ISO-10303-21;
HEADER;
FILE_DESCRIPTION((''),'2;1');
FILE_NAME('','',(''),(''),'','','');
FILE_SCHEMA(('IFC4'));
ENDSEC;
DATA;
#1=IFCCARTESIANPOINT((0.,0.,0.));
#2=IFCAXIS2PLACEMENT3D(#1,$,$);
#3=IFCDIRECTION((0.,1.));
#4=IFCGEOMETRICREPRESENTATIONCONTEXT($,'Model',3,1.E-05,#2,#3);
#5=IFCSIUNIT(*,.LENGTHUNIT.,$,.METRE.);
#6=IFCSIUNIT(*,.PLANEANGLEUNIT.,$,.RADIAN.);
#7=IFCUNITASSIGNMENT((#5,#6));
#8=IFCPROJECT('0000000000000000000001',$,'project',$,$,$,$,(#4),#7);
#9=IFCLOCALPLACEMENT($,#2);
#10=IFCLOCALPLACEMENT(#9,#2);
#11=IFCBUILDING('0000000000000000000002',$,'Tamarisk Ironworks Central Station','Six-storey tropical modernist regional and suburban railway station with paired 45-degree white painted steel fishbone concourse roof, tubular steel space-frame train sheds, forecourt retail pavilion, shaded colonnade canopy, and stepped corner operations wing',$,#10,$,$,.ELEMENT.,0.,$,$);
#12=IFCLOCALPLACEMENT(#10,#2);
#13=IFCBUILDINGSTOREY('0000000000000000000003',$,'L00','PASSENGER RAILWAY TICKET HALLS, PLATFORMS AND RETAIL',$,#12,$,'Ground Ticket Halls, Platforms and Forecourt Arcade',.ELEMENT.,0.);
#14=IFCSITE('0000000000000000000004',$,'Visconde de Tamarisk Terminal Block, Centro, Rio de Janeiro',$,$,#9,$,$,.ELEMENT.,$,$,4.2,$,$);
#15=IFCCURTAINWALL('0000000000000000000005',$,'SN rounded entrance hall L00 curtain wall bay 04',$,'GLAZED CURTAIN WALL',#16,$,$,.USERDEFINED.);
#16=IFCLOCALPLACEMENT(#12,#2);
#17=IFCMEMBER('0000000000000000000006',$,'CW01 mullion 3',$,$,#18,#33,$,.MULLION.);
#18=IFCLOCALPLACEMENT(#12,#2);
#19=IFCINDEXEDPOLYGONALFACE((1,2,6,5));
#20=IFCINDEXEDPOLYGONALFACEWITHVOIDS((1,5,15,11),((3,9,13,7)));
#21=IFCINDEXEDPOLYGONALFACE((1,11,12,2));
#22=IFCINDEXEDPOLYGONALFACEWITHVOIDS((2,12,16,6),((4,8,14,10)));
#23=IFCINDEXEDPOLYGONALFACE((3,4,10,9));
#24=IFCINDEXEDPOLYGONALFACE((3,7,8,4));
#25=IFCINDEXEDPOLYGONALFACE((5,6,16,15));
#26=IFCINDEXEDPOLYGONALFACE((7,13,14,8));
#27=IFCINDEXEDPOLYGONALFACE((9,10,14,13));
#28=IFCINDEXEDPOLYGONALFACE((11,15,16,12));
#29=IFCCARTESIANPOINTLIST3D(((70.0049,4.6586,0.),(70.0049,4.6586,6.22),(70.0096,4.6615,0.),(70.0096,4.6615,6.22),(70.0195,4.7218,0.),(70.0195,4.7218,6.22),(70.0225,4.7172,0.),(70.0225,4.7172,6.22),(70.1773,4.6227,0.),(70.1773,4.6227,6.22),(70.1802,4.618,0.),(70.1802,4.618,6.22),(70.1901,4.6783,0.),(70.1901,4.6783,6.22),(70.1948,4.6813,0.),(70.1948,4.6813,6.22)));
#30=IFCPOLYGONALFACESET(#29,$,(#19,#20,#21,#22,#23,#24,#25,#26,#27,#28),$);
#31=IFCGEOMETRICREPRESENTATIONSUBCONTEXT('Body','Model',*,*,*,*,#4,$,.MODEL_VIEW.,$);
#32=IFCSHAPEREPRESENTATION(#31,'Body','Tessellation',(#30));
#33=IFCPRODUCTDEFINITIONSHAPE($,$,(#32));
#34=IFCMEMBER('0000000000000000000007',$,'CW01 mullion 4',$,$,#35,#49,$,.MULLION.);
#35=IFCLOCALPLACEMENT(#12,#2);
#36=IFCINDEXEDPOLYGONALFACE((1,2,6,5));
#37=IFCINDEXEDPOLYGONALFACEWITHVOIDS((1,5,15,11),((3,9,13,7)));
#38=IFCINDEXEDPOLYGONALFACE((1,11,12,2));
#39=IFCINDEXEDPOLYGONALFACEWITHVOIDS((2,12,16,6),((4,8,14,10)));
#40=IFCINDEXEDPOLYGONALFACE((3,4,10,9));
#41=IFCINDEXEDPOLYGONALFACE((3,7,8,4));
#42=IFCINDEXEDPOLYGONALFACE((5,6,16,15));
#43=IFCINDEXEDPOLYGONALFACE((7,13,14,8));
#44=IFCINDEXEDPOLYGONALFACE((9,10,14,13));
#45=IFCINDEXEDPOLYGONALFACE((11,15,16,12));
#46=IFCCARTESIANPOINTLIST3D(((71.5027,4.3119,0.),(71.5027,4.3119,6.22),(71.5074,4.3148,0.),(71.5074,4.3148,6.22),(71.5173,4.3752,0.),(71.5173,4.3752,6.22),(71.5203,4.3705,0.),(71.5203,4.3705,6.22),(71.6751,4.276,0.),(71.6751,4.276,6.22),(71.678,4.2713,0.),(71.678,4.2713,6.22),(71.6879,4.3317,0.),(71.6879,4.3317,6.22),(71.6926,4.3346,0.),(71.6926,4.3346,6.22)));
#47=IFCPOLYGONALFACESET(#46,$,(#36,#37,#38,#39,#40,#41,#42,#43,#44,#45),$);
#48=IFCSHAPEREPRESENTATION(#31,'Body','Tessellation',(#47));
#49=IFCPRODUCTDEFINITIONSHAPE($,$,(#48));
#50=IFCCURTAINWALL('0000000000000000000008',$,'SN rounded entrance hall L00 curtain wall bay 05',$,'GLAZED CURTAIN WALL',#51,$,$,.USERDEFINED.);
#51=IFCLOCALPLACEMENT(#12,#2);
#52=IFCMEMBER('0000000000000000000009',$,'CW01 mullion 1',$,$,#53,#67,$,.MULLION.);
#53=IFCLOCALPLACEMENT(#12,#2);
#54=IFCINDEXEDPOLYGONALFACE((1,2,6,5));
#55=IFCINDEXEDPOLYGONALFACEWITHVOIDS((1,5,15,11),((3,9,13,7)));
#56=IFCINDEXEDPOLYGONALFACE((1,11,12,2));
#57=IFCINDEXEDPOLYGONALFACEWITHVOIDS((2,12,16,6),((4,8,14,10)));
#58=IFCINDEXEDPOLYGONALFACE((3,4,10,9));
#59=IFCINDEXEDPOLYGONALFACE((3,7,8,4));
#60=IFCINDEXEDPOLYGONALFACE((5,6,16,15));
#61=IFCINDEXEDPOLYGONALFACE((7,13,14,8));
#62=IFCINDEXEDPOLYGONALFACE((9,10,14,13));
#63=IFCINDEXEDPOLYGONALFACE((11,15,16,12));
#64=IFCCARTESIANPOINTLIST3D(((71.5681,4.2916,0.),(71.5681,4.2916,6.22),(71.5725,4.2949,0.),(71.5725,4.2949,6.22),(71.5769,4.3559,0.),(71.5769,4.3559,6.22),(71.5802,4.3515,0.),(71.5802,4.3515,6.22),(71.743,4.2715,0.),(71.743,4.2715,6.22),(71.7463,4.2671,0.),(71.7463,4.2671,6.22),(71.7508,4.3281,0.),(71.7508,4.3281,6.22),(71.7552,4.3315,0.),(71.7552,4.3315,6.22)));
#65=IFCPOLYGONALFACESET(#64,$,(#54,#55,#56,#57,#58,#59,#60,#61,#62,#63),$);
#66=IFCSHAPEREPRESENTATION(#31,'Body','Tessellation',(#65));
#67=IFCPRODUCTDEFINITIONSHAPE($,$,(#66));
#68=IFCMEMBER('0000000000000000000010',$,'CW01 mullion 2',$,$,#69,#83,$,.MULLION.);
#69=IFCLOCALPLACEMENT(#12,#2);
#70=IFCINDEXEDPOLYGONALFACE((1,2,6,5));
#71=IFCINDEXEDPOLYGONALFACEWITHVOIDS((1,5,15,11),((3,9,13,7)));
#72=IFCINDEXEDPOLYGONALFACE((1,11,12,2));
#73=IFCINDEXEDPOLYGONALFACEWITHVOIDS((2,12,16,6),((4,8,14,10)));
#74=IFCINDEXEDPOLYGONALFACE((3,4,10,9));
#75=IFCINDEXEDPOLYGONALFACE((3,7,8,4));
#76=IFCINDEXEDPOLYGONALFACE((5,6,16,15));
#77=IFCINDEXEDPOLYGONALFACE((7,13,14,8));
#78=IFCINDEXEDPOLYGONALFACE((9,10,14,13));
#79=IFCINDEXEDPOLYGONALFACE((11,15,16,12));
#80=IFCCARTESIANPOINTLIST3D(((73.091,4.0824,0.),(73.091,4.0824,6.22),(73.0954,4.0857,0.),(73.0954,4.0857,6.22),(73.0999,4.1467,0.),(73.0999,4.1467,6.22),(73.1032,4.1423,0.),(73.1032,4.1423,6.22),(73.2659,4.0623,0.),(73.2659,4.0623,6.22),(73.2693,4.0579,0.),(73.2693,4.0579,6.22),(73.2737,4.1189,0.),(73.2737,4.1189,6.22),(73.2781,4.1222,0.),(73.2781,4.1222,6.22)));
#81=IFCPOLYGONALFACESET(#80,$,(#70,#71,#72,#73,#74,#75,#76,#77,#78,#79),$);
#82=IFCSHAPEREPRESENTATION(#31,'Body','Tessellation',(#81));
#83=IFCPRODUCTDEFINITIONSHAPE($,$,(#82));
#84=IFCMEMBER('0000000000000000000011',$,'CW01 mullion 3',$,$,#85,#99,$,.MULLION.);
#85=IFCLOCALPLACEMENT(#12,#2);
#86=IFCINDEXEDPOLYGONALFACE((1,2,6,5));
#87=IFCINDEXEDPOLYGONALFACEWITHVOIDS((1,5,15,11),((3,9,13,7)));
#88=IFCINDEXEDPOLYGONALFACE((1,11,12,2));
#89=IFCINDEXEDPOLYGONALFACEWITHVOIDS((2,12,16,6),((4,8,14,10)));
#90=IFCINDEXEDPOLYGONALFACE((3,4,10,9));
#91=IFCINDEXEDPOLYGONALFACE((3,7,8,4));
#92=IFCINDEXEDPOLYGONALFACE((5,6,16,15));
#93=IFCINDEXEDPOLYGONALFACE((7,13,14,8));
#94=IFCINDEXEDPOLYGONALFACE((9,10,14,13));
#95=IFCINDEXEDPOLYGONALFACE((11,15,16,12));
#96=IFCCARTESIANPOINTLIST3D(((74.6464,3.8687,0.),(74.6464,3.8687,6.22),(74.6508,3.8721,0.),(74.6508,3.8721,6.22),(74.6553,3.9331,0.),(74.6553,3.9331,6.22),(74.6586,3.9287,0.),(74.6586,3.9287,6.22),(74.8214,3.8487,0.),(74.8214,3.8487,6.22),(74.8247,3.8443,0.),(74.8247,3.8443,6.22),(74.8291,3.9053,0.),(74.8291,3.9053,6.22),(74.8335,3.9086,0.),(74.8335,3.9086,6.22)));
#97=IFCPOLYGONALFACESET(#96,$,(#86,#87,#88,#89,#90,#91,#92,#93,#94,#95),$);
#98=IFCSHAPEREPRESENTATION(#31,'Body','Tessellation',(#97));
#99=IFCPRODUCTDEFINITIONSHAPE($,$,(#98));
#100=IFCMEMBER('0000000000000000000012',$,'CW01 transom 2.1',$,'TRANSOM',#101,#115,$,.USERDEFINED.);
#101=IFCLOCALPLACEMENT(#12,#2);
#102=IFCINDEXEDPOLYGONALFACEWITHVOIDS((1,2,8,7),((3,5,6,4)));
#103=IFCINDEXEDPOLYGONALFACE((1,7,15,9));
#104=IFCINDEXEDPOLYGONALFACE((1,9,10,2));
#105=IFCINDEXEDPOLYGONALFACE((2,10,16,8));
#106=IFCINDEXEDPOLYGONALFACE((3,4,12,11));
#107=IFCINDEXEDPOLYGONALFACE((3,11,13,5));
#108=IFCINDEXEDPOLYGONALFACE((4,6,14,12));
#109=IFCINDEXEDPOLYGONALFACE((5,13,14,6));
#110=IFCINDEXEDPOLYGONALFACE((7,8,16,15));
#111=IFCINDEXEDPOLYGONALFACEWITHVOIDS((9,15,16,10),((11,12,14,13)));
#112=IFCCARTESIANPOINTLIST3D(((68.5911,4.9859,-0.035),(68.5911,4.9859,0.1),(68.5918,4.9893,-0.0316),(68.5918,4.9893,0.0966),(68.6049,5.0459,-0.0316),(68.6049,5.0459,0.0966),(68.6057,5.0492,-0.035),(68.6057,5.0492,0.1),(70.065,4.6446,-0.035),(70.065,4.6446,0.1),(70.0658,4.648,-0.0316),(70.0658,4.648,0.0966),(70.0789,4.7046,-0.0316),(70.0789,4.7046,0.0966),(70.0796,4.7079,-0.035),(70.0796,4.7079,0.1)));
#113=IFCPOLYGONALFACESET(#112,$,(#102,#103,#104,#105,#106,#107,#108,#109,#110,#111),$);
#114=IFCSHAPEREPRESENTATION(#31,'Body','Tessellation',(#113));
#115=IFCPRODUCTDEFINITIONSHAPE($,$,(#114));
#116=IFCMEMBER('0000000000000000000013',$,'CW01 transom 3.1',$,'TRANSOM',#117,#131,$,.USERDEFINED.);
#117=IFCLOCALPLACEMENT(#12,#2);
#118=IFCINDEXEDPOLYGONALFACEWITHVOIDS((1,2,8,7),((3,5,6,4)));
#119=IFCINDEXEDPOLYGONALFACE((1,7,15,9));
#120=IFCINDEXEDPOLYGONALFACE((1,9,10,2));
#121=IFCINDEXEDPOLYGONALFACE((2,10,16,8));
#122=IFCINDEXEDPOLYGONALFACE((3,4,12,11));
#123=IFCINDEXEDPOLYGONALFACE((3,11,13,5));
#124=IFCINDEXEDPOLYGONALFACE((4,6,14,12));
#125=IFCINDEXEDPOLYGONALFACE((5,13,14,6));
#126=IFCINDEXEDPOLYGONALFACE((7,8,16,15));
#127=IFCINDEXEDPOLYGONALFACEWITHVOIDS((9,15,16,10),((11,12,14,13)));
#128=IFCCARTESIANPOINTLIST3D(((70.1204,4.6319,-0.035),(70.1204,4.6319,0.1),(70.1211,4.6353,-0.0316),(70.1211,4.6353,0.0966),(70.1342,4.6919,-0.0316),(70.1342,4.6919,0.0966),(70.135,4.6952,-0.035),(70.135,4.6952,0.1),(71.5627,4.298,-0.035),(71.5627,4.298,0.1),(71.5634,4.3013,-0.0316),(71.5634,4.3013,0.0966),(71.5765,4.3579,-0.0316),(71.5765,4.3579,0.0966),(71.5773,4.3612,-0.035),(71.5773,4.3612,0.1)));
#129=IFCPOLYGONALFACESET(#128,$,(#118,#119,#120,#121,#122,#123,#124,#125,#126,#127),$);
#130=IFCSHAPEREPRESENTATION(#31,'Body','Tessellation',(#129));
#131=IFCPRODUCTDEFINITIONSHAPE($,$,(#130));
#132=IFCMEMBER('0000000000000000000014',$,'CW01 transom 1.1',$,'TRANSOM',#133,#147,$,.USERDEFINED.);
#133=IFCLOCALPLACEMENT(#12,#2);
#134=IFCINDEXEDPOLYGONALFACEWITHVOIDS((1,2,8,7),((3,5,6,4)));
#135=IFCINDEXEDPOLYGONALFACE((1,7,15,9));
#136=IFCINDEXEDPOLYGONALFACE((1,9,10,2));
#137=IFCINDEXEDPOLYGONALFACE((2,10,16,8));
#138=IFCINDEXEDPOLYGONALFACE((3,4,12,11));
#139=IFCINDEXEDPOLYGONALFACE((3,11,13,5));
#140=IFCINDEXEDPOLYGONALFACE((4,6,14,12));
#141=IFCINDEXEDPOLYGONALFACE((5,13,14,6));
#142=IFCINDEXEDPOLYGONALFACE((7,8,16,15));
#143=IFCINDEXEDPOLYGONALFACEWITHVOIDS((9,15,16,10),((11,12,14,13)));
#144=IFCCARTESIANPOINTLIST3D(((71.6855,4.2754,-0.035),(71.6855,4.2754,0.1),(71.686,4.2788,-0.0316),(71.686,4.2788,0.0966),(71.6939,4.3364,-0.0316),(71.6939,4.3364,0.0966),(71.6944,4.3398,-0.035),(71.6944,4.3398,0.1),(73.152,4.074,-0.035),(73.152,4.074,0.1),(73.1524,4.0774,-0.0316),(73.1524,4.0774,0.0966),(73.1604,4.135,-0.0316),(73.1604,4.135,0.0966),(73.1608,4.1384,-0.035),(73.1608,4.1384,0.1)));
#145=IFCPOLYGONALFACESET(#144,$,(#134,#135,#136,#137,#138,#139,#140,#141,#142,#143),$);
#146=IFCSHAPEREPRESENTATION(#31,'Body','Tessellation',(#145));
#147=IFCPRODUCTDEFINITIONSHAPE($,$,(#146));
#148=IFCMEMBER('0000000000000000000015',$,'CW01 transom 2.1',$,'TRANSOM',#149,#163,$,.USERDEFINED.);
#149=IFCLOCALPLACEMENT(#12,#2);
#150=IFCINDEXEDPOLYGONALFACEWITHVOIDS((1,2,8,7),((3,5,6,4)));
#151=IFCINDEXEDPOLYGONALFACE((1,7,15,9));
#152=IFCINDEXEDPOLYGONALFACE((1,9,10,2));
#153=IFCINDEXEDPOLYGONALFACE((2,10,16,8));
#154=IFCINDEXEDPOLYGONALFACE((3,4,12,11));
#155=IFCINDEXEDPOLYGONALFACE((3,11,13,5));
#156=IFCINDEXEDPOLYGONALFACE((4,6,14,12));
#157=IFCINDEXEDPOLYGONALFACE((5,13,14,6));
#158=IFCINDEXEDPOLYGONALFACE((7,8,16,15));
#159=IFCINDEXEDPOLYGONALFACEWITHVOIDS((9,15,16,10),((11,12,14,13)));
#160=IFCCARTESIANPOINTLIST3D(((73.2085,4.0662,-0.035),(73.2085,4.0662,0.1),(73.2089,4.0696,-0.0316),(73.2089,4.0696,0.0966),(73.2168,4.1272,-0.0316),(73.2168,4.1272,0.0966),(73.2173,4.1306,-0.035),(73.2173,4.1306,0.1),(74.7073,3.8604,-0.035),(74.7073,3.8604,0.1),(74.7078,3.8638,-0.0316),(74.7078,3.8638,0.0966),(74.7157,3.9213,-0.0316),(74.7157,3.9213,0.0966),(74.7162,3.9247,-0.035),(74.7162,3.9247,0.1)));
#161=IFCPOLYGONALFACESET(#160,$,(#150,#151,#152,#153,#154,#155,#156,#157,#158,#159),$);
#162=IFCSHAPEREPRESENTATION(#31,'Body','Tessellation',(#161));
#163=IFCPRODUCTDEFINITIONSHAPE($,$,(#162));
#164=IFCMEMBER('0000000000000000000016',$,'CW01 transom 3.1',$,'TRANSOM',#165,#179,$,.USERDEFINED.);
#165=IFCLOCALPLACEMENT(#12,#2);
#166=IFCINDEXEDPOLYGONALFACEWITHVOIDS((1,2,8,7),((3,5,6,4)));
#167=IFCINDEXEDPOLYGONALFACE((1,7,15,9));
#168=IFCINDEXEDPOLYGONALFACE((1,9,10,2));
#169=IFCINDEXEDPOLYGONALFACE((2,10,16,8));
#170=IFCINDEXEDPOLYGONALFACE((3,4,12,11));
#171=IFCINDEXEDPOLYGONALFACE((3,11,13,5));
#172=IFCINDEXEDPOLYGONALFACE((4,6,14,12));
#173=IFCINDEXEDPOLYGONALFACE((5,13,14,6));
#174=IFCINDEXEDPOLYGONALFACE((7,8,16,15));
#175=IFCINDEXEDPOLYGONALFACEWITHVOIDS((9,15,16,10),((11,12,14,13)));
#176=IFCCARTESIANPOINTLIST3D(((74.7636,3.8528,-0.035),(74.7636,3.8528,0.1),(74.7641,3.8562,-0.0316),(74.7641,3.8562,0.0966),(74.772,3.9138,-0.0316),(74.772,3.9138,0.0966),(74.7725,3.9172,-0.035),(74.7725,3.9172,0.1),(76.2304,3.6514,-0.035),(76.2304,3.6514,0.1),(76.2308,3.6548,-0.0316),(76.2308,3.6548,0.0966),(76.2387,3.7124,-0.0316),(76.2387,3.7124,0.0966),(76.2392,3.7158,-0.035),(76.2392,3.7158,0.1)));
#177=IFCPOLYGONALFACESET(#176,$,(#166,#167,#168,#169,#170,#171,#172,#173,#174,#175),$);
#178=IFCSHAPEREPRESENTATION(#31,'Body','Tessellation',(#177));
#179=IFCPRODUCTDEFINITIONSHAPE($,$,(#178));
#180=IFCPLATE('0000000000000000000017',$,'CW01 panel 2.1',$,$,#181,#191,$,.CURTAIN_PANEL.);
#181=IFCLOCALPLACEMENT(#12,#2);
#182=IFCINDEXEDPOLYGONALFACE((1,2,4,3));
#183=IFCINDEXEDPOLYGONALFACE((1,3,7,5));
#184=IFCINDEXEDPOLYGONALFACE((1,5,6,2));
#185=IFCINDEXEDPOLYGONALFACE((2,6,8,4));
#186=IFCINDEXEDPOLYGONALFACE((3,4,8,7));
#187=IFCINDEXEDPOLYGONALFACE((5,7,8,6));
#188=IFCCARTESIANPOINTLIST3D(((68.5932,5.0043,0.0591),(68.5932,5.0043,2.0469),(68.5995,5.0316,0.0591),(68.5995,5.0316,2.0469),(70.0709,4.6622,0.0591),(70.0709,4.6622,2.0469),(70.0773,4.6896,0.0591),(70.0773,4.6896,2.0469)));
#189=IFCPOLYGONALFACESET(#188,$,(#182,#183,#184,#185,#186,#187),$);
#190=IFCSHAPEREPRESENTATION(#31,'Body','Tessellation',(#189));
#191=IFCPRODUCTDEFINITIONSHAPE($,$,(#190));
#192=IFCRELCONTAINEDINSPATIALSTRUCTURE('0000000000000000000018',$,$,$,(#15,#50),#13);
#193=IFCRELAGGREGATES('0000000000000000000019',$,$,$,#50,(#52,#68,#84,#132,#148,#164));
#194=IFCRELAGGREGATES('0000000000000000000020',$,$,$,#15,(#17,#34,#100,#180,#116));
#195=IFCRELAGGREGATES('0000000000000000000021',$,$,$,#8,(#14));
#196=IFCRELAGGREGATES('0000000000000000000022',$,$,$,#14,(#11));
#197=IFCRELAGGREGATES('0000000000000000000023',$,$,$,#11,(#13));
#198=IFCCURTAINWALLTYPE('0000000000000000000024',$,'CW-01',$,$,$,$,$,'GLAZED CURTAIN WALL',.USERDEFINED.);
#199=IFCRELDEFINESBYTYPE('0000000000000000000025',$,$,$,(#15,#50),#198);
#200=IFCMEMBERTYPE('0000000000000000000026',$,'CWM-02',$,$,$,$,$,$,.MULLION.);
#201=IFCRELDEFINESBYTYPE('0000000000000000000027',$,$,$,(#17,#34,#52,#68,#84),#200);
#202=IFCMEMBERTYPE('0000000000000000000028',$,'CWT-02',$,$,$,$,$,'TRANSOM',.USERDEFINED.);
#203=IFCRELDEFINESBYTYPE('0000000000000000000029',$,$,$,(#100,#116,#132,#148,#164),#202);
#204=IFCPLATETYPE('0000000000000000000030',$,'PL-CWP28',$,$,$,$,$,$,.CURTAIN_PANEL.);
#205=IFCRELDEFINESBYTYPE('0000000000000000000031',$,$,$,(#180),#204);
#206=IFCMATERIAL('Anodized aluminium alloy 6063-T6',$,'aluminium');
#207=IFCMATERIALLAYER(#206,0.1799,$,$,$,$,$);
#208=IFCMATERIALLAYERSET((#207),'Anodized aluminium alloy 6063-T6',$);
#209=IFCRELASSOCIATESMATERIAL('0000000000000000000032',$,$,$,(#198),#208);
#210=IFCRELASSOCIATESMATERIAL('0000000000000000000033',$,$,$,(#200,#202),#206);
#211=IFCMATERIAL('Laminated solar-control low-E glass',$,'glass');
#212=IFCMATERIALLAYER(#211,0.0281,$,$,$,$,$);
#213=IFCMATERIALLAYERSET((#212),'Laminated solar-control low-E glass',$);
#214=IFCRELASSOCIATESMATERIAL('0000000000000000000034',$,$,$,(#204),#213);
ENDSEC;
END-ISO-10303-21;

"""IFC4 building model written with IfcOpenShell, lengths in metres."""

from ifc_helpers import new_model, si_unit, direction, frame, origin, origin_2d, place, context, subcontext, project, spatial, rectangle, hollow_rectangle, extrude, material, layer, layer_set, material_profile, profile_set, type_object, element, aggregate, save


model = new_model("IFC4")

# Units and contexts
model_context = context("Model", 3, precision=1e-05, world=origin(), true_north=direction((0.0, 1.0)))
body_context = subcontext(model_context, "Body", "Model", "MODEL_VIEW")
ifc_project = project(units=[si_unit("LENGTHUNIT", "METRE"), si_unit("PLANEANGLEUNIT", "RADIAN")], contexts=[model_context])

# Site, building, storey
site_placement = place(None, origin())
site = spatial("IfcSite", under=ifc_project, at=site_placement, Name="Visconde de Tamarisk Terminal Block, Centro, Rio de Janeiro", CompositionType="ELEMENT", RefElevation=4.2)
building_placement = place(site_placement, origin())
building = spatial("IfcBuilding", under=site, at=building_placement, Name="Tamarisk Ironworks Central Station", Description="Six-storey tropical modernist regional and suburban railway station with paired 45-degree white painted steel fishbone concourse roof, tubular steel space-frame train sheds, forecourt retail pavilion, shaded colonnade canopy, and stepped corner operations wing", CompositionType="ELEMENT", ElevationOfRefHeight=0.0)
storey_placement = place(building_placement, origin())
storey = spatial("IfcBuildingStorey", under=building, at=storey_placement, Name="L00", Description="PASSENGER RAILWAY TICKET HALLS, PLATFORMS AND RETAIL", LongName="Ground Ticket Halls, Platforms and Forecourt Arcade", CompositionType="ELEMENT", Elevation=0.0)

# Curtain walls, members
ifc_material_1 = material(Name="Anodized aluminium alloy 6063-T6", Category="aluminium")
ifc_layer_1 = layer(ifc_material_1, 0.1799)
ifc_layer_set_1 = layer_set([ifc_layer_1], Name="Anodized aluminium alloy 6063-T6")
curtain_wall_type = type_object("IfcCurtainWallType", Name="CW-01", ElementType="GLAZED CURTAIN WALL", PredefinedType="USERDEFINED", material=ifc_layer_set_1)
curtain_wall_1_placement = place(storey_placement, origin())
curtain_wall_1 = element("IfcCurtainWall", 1, at=curtain_wall_1_placement, inside=storey, type_object=curtain_wall_type, Name="SN rounded entrance hall L00 curtain wall bay 04", ObjectType="GLAZED CURTAIN WALL", PredefinedType="USERDEFINED")
ifc_material_profile_1 = material_profile(ifc_material_1, hollow_rectangle(XDim=0.0649, YDim=0.1799, WallThickness=0.0039, at=origin_2d()), Name="ALUM 180x65")
ifc_profile_set_1 = profile_set([ifc_material_profile_1], Name="Anodized aluminium alloy 6063-T6")
member_type_1 = type_object("IfcMemberType", Name="CWM-02", PredefinedType="MULLION", material=ifc_profile_set_1)
member_1_placement = place(storey_placement, frame((70.0999, 4.6699, 0.0), z_axis=(0.0, 0.0, 1.0), x_axis=(0.225517, 0.974239, 0.0)))
member_1 = element("IfcMember", 2, at=member_1_placement, type_object=member_type_1, Name="CW01 mullion 3", PredefinedType="MULLION", context=body_context, shape_type="SweptSolid", body=[
    extrude(hollow_rectangle(XDim=0.0649, YDim=0.1799, WallThickness=0.0039, at=origin_2d()), origin(), (0.0, 0.0, 1.0), 6.22),
])
member_2_placement = place(storey_placement, frame((71.5977, 4.3232, 0.0), z_axis=(0.0, 0.0, 1.0), x_axis=(0.225517, 0.974239, 0.0)))
member_2 = element("IfcMember", 3, at=member_2_placement, type_object=member_type_1, Name="CW01 mullion 4", PredefinedType="MULLION", context=body_context, shape_type="SweptSolid", body=[
    extrude(hollow_rectangle(XDim=0.0649, YDim=0.1799, WallThickness=0.0039, at=origin_2d()), origin(), (0.0, 0.0, 1.0), 6.22),
])
curtain_wall_2_placement = place(storey_placement, origin())
curtain_wall_2 = element("IfcCurtainWall", 4, at=curtain_wall_2_placement, inside=storey, type_object=curtain_wall_type, Name="SN rounded entrance hall L00 curtain wall bay 05", ObjectType="GLAZED CURTAIN WALL", PredefinedType="USERDEFINED")
member_3_placement = place(storey_placement, frame((71.6616, 4.3115, 0.0), z_axis=(0.0, 0.0, 1.0), x_axis=(0.136042, 0.990703, 0.0)))
member_3 = element("IfcMember", 5, at=member_3_placement, type_object=member_type_1, Name="CW01 mullion 1", PredefinedType="MULLION", context=body_context, shape_type="SweptSolid", body=[
    extrude(hollow_rectangle(XDim=0.0649, YDim=0.1799, WallThickness=0.0039, at=origin_2d()), origin(), (0.0, 0.0, 1.0), 6.22),
])
member_4_placement = place(storey_placement, frame((73.1846, 4.1023, 0.0), z_axis=(0.0, 0.0, 1.0), x_axis=(0.136042, 0.990703, 0.0)))
member_4 = element("IfcMember", 6, at=member_4_placement, type_object=member_type_1, Name="CW01 mullion 2", PredefinedType="MULLION", context=body_context, shape_type="SweptSolid", body=[
    extrude(hollow_rectangle(XDim=0.0649, YDim=0.1799, WallThickness=0.0039, at=origin_2d()), origin(), (0.0, 0.0, 1.0), 6.22),
])
member_5_placement = place(storey_placement, frame((74.74, 3.8887, 0.0), z_axis=(0.0, 0.0, 1.0), x_axis=(0.136042, 0.990703, 0.0)))
member_5 = element("IfcMember", 7, at=member_5_placement, type_object=member_type_1, Name="CW01 mullion 3", PredefinedType="MULLION", context=body_context, shape_type="SweptSolid", body=[
    extrude(hollow_rectangle(XDim=0.0649, YDim=0.1799, WallThickness=0.0039, at=origin_2d()), origin(), (0.0, 0.0, 1.0), 6.22),
])

# Members
ifc_material_profile_2 = material_profile(ifc_material_1, hollow_rectangle(XDim=0.0649, YDim=0.135, WallThickness=0.0034, at=origin_2d()), Name="ALUM 135x65")
ifc_profile_set_2 = profile_set([ifc_material_profile_2], Name="Anodized aluminium alloy 6063-T6")
member_type_2 = type_object("IfcMemberType", Name="CWT-02", ElementType="TRANSOM", PredefinedType="USERDEFINED", material=ifc_profile_set_2)
member_6_placement = place(storey_placement, frame((68.5984, 5.0176, 0.0325), z_axis=(0.97422, -0.225602, 0.0), x_axis=(0.225602, 0.97422, 0.0)))
member_6 = element("IfcMember", 8, at=member_6_placement, type_object=member_type_2, Name="CW01 transom 2.1", ObjectType="TRANSOM", PredefinedType="USERDEFINED", context=body_context, shape_type="SweptSolid", body=[
    extrude(hollow_rectangle(XDim=0.0649, YDim=0.135, WallThickness=0.0034, at=origin_2d()), origin(), (0.0, 0.0, 1.0), 1.5129),
])
member_7_placement = place(storey_placement, frame((70.1277, 4.6636, 0.0325), z_axis=(0.974224, -0.225582, 0.0), x_axis=(0.225582, 0.974224, 0.0)))
member_7 = element("IfcMember", 9, at=member_7_placement, type_object=member_type_2, Name="CW01 transom 3.1", ObjectType="TRANSOM", PredefinedType="USERDEFINED", context=body_context, shape_type="SweptSolid", body=[
    extrude(hollow_rectangle(XDim=0.0649, YDim=0.135, WallThickness=0.0034, at=origin_2d()), origin(), (0.0, 0.0, 1.0), 1.4805),
])
member_8_placement = place(storey_placement, frame((71.6899, 4.3076, 0.0325), z_axis=(0.9907, -0.136063, 0.0), x_axis=(0.136063, 0.9907, 0.0)))
member_8 = element("IfcMember", 10, at=member_8_placement, type_object=member_type_2, Name="CW01 transom 1.1", ObjectType="TRANSOM", PredefinedType="USERDEFINED", context=body_context, shape_type="SweptSolid", body=[
    extrude(hollow_rectangle(XDim=0.0649, YDim=0.135, WallThickness=0.0034, at=origin_2d()), origin(), (0.0, 0.0, 1.0), 1.4802),
])
member_9_placement = place(storey_placement, frame((73.2129, 4.0984, 0.0325), z_axis=(0.990703, -0.136042, 0.0), x_axis=(0.136042, 0.990703, 0.0)))
member_9 = element("IfcMember", 11, at=member_9_placement, type_object=member_type_2, Name="CW01 transom 2.1", ObjectType="TRANSOM", PredefinedType="USERDEFINED", context=body_context, shape_type="SweptSolid", body=[
    extrude(hollow_rectangle(XDim=0.0649, YDim=0.135, WallThickness=0.0034, at=origin_2d()), origin(), (0.0, 0.0, 1.0), 1.5129),
])
member_10_placement = place(storey_placement, frame((74.7681, 3.885, 0.0325), z_axis=(0.990703, -0.13604, 0.0), x_axis=(0.13604, 0.990703, 0.0)))
member_10 = element("IfcMember", 12, at=member_10_placement, type_object=member_type_2, Name="CW01 transom 3.1", ObjectType="TRANSOM", PredefinedType="USERDEFINED", context=body_context, shape_type="SweptSolid", body=[
    extrude(hollow_rectangle(XDim=0.0649, YDim=0.135, WallThickness=0.0034, at=origin_2d()), origin(), (0.0, 0.0, 1.0), 1.4805),
])
aggregate(curtain_wall_2, [member_3, member_4, member_5, member_8, member_9, member_10])

# Plate
ifc_material_2 = material(Name="Laminated solar-control low-E glass", Category="glass")
ifc_layer_2 = layer(ifc_material_2, 0.0281)
ifc_layer_set_2 = layer_set([ifc_layer_2], Name="Laminated solar-control low-E glass")
plate_type = type_object("IfcPlateType", Name="PL-CWP28", PredefinedType="CURTAIN_PANEL", material=ifc_layer_set_2)
plate_1_placement = place(storey_placement, frame((69.3352, 4.8469, 0.0591), z_axis=(0.0, 0.0, 1.0), x_axis=(0.974239, -0.225517, 0.0)))
plate_1 = element("IfcPlate", 13, at=plate_1_placement, type_object=plate_type, Name="CW01 panel 2.1", PredefinedType="CURTAIN_PANEL", context=body_context, shape_type="SweptSolid", body=[
    extrude(rectangle(XDim=1.5168, YDim=0.0281, at=origin_2d()), origin(), (0.0, 0.0, 1.0), 1.9878),
])
aggregate(curtain_wall_1, [member_1, member_2, member_6, plate_1, member_7])

save(model, "model.ifc")
